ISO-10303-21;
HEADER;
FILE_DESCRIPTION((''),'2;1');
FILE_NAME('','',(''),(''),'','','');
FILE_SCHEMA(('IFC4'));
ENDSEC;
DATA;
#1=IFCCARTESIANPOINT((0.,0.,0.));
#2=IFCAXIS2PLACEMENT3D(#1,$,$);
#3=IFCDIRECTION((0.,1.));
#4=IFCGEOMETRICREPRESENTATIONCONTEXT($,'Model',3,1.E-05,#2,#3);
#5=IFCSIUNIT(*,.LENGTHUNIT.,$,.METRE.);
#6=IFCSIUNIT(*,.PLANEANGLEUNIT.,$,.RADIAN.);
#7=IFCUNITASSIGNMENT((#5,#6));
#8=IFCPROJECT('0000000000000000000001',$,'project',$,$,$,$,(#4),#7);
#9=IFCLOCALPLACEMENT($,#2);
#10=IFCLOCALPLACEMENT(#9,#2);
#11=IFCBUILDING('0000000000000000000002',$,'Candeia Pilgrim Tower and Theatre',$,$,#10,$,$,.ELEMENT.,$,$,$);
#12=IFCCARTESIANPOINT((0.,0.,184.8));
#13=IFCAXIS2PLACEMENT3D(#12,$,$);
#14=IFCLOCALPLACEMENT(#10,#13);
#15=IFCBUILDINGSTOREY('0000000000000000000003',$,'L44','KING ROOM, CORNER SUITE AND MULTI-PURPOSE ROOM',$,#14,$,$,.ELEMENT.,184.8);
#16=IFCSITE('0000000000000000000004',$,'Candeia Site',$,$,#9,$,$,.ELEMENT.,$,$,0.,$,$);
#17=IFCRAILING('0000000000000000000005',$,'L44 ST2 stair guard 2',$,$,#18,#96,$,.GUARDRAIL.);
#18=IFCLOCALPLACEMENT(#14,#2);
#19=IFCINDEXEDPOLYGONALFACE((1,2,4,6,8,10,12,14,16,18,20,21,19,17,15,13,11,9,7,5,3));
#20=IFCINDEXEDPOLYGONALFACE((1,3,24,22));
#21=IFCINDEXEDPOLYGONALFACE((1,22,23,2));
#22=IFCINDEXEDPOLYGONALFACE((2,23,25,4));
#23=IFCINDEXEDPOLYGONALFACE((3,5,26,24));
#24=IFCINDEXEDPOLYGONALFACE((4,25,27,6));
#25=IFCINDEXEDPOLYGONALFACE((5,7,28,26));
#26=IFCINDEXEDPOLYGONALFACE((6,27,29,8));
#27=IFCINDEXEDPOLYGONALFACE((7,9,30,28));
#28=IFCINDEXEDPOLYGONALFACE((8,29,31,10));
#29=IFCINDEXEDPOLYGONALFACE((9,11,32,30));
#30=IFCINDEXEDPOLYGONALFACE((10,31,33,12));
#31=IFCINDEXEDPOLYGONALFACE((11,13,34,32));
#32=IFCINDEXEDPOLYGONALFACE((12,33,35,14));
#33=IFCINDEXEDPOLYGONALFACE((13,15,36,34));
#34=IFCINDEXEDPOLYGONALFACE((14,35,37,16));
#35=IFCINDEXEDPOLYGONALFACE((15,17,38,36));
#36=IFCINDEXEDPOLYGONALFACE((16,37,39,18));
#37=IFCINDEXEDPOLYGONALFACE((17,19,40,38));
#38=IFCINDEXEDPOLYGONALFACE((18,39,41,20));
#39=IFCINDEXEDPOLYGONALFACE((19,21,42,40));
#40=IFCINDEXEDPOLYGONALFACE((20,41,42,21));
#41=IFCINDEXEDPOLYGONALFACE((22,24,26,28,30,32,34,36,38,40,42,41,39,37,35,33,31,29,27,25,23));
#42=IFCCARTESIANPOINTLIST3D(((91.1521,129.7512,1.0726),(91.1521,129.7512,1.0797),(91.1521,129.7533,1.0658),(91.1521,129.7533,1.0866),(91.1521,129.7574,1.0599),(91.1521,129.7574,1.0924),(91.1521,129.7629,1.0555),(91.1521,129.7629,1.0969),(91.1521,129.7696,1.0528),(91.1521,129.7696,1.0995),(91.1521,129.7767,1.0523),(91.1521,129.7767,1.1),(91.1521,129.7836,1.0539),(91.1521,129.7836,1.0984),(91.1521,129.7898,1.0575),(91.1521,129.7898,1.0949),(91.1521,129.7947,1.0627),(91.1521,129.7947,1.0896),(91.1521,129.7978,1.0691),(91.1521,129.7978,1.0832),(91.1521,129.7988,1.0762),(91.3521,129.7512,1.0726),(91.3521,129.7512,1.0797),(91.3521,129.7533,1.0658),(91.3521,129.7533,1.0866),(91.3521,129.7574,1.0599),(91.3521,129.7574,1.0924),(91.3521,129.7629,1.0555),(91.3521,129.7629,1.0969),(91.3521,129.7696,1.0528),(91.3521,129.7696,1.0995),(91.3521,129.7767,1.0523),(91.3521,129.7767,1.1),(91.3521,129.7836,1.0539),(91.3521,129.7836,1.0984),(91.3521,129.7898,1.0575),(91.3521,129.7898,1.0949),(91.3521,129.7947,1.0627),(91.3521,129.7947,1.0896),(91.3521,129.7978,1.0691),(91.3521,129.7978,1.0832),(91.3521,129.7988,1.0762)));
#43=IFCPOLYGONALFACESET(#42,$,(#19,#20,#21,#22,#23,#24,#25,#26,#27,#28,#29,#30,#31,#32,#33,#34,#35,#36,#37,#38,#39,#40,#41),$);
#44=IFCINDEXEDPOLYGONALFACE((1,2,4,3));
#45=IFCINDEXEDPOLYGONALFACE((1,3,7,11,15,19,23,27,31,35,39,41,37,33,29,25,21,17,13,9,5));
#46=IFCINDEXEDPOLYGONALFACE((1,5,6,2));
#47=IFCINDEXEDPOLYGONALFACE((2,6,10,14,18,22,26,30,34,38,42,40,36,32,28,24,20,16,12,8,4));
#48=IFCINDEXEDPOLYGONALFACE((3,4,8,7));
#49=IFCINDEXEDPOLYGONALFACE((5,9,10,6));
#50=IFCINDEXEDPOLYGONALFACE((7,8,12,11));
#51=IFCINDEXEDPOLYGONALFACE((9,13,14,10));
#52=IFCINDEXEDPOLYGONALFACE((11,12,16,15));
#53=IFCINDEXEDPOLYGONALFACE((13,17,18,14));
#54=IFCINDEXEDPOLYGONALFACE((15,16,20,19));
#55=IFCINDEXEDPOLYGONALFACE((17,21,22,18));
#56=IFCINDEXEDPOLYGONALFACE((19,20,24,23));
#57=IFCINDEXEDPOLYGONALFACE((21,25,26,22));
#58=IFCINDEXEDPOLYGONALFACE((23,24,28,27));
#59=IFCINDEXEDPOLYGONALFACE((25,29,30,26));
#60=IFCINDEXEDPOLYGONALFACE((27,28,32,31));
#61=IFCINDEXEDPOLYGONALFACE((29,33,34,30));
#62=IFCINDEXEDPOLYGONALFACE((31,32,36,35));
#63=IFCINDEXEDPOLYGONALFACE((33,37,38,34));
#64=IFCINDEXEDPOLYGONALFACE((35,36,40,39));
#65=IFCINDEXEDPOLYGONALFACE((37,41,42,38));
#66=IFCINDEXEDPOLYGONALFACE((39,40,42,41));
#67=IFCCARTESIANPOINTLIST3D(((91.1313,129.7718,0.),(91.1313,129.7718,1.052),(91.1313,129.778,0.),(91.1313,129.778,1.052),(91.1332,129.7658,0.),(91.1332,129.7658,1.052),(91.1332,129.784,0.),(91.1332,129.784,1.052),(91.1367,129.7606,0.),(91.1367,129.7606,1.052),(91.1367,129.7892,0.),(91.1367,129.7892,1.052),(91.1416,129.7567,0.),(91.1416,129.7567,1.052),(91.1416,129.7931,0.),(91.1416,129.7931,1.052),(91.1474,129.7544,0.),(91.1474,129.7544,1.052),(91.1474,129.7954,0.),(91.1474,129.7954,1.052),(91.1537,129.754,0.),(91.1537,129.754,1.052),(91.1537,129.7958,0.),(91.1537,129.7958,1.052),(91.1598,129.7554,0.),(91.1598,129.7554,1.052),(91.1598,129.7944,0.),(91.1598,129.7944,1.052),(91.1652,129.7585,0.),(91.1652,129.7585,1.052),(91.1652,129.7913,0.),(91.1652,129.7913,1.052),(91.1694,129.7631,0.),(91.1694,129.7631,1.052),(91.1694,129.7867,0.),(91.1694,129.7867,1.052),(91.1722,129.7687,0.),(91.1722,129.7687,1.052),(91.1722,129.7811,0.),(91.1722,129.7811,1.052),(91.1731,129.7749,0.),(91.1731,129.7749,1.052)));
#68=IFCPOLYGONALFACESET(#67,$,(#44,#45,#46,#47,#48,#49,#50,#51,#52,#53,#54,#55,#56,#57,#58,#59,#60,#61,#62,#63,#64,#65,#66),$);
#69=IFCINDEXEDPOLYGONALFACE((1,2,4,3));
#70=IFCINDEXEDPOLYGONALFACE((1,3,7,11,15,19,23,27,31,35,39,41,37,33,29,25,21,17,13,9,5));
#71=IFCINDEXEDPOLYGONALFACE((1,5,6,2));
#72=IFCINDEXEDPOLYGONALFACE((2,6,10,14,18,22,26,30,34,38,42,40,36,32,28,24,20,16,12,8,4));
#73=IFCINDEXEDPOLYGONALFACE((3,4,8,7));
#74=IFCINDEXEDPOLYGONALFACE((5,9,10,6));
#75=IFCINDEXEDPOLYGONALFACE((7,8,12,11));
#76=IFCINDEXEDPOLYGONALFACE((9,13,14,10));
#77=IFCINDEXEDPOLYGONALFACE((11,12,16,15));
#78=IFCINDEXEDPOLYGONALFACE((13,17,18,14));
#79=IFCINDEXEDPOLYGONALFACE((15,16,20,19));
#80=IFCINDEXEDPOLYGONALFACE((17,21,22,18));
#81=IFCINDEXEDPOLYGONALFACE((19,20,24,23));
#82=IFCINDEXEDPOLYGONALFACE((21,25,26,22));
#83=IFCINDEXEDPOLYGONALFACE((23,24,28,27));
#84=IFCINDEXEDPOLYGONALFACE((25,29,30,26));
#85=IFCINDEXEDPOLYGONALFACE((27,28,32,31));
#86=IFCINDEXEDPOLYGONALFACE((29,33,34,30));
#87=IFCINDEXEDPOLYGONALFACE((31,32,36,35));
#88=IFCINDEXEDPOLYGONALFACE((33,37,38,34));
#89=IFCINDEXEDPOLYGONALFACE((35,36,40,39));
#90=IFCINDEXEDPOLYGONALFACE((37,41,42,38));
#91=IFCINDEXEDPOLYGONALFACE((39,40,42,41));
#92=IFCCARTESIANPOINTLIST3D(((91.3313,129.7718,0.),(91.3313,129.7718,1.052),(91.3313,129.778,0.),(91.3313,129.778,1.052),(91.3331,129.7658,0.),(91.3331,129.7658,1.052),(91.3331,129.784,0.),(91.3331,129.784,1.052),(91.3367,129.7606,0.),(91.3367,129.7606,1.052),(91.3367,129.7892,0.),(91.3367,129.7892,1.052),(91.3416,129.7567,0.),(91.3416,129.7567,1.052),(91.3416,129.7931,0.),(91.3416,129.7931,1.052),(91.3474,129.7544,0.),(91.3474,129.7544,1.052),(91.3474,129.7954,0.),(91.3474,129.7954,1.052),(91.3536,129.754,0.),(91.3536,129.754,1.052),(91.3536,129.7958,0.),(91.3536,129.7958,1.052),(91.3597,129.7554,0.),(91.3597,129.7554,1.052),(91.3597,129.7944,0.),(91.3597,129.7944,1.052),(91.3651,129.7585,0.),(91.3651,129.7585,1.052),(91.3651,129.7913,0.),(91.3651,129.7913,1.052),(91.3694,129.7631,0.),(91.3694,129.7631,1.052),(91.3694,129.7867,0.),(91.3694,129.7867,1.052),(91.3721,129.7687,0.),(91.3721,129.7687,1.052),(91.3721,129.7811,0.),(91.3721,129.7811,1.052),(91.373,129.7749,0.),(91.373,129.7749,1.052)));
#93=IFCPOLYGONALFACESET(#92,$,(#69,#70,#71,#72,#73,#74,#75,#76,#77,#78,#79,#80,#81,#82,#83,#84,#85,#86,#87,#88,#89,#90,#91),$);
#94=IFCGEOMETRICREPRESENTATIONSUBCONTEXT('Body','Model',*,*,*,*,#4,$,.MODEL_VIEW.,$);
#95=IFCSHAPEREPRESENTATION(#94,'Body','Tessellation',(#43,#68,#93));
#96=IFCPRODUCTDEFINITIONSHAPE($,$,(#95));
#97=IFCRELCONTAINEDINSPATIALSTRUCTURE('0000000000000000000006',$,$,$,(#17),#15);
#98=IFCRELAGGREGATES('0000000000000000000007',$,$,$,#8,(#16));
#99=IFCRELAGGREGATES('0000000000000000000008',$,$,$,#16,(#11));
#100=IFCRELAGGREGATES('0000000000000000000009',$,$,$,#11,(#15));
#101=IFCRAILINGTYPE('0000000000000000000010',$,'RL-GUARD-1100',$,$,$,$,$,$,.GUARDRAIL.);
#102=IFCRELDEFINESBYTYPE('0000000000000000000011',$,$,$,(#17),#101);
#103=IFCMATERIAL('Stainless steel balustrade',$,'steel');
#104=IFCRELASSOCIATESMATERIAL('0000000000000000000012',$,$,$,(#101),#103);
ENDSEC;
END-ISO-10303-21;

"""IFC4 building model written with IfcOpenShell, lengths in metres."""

from ifc_helpers import new_model, si_unit, direction, frame, origin, origin_2d, place, context, subcontext, project, spatial, circle, extrude, material, type_object, element, save


model = new_model("IFC4")

# Units and contexts
model_context = context("Model", 3, precision=1e-05, world=origin(), true_north=direction((0.0, 1.0)))
body_context = subcontext(model_context, "Body", "Model", "MODEL_VIEW")
ifc_project = project(units=[si_unit("LENGTHUNIT", "METRE"), si_unit("PLANEANGLEUNIT", "RADIAN")], contexts=[model_context])

# Site, building, storey
site_placement = place(None, origin())
site = spatial("IfcSite", under=ifc_project, at=site_placement, Name="Candeia Site", CompositionType="ELEMENT", RefElevation=0.0)
building_placement = place(site_placement, origin())
building = spatial("IfcBuilding", under=site, at=building_placement, Name="Candeia Pilgrim Tower and Theatre", CompositionType="ELEMENT")
storey_placement = place(building_placement, frame((0.0, 0.0, 184.8)))
storey = spatial("IfcBuildingStorey", under=building, at=storey_placement, Name="L44", Description="KING ROOM, CORNER SUITE AND MULTI-PURPOSE ROOM", CompositionType="ELEMENT", Elevation=184.8)

# Railing
ifc_material_1 = material(Name="Stainless steel balustrade", Category="steel")
railing_type_1 = type_object("IfcRailingType", Name="RL-GUARD-1100", PredefinedType="GUARDRAIL", material=ifc_material_1)
railing_1_placement = place(storey_placement, frame((91.1521, 129.7749, 0.0)))
element("IfcRailing", 1, at=railing_1_placement, inside=storey, type_object=railing_type_1, Name="L44 ST2 stair guard 2", PredefinedType="GUARDRAIL", context=body_context, shape_type="SweptSolid", body=[
    extrude(circle(Radius=0.0239, at=origin_2d()), frame((0.0, 0.0, 1.0762), z_axis=(1.0, 0.0, 0.0), x_axis=(0.0, 1.0, 0.0)), (0.0, 0.0, 1.0), 0.2),
    extrude(circle(Radius=0.021, at=origin_2d()), origin(), (0.0, 0.0, 1.0), 1.052),
    extrude(circle(Radius=0.021, at=origin_2d()), frame((0.2, 0.0, 0.0)), (0.0, 0.0, 1.0), 1.052),
])

save(model, "model.ifc")
